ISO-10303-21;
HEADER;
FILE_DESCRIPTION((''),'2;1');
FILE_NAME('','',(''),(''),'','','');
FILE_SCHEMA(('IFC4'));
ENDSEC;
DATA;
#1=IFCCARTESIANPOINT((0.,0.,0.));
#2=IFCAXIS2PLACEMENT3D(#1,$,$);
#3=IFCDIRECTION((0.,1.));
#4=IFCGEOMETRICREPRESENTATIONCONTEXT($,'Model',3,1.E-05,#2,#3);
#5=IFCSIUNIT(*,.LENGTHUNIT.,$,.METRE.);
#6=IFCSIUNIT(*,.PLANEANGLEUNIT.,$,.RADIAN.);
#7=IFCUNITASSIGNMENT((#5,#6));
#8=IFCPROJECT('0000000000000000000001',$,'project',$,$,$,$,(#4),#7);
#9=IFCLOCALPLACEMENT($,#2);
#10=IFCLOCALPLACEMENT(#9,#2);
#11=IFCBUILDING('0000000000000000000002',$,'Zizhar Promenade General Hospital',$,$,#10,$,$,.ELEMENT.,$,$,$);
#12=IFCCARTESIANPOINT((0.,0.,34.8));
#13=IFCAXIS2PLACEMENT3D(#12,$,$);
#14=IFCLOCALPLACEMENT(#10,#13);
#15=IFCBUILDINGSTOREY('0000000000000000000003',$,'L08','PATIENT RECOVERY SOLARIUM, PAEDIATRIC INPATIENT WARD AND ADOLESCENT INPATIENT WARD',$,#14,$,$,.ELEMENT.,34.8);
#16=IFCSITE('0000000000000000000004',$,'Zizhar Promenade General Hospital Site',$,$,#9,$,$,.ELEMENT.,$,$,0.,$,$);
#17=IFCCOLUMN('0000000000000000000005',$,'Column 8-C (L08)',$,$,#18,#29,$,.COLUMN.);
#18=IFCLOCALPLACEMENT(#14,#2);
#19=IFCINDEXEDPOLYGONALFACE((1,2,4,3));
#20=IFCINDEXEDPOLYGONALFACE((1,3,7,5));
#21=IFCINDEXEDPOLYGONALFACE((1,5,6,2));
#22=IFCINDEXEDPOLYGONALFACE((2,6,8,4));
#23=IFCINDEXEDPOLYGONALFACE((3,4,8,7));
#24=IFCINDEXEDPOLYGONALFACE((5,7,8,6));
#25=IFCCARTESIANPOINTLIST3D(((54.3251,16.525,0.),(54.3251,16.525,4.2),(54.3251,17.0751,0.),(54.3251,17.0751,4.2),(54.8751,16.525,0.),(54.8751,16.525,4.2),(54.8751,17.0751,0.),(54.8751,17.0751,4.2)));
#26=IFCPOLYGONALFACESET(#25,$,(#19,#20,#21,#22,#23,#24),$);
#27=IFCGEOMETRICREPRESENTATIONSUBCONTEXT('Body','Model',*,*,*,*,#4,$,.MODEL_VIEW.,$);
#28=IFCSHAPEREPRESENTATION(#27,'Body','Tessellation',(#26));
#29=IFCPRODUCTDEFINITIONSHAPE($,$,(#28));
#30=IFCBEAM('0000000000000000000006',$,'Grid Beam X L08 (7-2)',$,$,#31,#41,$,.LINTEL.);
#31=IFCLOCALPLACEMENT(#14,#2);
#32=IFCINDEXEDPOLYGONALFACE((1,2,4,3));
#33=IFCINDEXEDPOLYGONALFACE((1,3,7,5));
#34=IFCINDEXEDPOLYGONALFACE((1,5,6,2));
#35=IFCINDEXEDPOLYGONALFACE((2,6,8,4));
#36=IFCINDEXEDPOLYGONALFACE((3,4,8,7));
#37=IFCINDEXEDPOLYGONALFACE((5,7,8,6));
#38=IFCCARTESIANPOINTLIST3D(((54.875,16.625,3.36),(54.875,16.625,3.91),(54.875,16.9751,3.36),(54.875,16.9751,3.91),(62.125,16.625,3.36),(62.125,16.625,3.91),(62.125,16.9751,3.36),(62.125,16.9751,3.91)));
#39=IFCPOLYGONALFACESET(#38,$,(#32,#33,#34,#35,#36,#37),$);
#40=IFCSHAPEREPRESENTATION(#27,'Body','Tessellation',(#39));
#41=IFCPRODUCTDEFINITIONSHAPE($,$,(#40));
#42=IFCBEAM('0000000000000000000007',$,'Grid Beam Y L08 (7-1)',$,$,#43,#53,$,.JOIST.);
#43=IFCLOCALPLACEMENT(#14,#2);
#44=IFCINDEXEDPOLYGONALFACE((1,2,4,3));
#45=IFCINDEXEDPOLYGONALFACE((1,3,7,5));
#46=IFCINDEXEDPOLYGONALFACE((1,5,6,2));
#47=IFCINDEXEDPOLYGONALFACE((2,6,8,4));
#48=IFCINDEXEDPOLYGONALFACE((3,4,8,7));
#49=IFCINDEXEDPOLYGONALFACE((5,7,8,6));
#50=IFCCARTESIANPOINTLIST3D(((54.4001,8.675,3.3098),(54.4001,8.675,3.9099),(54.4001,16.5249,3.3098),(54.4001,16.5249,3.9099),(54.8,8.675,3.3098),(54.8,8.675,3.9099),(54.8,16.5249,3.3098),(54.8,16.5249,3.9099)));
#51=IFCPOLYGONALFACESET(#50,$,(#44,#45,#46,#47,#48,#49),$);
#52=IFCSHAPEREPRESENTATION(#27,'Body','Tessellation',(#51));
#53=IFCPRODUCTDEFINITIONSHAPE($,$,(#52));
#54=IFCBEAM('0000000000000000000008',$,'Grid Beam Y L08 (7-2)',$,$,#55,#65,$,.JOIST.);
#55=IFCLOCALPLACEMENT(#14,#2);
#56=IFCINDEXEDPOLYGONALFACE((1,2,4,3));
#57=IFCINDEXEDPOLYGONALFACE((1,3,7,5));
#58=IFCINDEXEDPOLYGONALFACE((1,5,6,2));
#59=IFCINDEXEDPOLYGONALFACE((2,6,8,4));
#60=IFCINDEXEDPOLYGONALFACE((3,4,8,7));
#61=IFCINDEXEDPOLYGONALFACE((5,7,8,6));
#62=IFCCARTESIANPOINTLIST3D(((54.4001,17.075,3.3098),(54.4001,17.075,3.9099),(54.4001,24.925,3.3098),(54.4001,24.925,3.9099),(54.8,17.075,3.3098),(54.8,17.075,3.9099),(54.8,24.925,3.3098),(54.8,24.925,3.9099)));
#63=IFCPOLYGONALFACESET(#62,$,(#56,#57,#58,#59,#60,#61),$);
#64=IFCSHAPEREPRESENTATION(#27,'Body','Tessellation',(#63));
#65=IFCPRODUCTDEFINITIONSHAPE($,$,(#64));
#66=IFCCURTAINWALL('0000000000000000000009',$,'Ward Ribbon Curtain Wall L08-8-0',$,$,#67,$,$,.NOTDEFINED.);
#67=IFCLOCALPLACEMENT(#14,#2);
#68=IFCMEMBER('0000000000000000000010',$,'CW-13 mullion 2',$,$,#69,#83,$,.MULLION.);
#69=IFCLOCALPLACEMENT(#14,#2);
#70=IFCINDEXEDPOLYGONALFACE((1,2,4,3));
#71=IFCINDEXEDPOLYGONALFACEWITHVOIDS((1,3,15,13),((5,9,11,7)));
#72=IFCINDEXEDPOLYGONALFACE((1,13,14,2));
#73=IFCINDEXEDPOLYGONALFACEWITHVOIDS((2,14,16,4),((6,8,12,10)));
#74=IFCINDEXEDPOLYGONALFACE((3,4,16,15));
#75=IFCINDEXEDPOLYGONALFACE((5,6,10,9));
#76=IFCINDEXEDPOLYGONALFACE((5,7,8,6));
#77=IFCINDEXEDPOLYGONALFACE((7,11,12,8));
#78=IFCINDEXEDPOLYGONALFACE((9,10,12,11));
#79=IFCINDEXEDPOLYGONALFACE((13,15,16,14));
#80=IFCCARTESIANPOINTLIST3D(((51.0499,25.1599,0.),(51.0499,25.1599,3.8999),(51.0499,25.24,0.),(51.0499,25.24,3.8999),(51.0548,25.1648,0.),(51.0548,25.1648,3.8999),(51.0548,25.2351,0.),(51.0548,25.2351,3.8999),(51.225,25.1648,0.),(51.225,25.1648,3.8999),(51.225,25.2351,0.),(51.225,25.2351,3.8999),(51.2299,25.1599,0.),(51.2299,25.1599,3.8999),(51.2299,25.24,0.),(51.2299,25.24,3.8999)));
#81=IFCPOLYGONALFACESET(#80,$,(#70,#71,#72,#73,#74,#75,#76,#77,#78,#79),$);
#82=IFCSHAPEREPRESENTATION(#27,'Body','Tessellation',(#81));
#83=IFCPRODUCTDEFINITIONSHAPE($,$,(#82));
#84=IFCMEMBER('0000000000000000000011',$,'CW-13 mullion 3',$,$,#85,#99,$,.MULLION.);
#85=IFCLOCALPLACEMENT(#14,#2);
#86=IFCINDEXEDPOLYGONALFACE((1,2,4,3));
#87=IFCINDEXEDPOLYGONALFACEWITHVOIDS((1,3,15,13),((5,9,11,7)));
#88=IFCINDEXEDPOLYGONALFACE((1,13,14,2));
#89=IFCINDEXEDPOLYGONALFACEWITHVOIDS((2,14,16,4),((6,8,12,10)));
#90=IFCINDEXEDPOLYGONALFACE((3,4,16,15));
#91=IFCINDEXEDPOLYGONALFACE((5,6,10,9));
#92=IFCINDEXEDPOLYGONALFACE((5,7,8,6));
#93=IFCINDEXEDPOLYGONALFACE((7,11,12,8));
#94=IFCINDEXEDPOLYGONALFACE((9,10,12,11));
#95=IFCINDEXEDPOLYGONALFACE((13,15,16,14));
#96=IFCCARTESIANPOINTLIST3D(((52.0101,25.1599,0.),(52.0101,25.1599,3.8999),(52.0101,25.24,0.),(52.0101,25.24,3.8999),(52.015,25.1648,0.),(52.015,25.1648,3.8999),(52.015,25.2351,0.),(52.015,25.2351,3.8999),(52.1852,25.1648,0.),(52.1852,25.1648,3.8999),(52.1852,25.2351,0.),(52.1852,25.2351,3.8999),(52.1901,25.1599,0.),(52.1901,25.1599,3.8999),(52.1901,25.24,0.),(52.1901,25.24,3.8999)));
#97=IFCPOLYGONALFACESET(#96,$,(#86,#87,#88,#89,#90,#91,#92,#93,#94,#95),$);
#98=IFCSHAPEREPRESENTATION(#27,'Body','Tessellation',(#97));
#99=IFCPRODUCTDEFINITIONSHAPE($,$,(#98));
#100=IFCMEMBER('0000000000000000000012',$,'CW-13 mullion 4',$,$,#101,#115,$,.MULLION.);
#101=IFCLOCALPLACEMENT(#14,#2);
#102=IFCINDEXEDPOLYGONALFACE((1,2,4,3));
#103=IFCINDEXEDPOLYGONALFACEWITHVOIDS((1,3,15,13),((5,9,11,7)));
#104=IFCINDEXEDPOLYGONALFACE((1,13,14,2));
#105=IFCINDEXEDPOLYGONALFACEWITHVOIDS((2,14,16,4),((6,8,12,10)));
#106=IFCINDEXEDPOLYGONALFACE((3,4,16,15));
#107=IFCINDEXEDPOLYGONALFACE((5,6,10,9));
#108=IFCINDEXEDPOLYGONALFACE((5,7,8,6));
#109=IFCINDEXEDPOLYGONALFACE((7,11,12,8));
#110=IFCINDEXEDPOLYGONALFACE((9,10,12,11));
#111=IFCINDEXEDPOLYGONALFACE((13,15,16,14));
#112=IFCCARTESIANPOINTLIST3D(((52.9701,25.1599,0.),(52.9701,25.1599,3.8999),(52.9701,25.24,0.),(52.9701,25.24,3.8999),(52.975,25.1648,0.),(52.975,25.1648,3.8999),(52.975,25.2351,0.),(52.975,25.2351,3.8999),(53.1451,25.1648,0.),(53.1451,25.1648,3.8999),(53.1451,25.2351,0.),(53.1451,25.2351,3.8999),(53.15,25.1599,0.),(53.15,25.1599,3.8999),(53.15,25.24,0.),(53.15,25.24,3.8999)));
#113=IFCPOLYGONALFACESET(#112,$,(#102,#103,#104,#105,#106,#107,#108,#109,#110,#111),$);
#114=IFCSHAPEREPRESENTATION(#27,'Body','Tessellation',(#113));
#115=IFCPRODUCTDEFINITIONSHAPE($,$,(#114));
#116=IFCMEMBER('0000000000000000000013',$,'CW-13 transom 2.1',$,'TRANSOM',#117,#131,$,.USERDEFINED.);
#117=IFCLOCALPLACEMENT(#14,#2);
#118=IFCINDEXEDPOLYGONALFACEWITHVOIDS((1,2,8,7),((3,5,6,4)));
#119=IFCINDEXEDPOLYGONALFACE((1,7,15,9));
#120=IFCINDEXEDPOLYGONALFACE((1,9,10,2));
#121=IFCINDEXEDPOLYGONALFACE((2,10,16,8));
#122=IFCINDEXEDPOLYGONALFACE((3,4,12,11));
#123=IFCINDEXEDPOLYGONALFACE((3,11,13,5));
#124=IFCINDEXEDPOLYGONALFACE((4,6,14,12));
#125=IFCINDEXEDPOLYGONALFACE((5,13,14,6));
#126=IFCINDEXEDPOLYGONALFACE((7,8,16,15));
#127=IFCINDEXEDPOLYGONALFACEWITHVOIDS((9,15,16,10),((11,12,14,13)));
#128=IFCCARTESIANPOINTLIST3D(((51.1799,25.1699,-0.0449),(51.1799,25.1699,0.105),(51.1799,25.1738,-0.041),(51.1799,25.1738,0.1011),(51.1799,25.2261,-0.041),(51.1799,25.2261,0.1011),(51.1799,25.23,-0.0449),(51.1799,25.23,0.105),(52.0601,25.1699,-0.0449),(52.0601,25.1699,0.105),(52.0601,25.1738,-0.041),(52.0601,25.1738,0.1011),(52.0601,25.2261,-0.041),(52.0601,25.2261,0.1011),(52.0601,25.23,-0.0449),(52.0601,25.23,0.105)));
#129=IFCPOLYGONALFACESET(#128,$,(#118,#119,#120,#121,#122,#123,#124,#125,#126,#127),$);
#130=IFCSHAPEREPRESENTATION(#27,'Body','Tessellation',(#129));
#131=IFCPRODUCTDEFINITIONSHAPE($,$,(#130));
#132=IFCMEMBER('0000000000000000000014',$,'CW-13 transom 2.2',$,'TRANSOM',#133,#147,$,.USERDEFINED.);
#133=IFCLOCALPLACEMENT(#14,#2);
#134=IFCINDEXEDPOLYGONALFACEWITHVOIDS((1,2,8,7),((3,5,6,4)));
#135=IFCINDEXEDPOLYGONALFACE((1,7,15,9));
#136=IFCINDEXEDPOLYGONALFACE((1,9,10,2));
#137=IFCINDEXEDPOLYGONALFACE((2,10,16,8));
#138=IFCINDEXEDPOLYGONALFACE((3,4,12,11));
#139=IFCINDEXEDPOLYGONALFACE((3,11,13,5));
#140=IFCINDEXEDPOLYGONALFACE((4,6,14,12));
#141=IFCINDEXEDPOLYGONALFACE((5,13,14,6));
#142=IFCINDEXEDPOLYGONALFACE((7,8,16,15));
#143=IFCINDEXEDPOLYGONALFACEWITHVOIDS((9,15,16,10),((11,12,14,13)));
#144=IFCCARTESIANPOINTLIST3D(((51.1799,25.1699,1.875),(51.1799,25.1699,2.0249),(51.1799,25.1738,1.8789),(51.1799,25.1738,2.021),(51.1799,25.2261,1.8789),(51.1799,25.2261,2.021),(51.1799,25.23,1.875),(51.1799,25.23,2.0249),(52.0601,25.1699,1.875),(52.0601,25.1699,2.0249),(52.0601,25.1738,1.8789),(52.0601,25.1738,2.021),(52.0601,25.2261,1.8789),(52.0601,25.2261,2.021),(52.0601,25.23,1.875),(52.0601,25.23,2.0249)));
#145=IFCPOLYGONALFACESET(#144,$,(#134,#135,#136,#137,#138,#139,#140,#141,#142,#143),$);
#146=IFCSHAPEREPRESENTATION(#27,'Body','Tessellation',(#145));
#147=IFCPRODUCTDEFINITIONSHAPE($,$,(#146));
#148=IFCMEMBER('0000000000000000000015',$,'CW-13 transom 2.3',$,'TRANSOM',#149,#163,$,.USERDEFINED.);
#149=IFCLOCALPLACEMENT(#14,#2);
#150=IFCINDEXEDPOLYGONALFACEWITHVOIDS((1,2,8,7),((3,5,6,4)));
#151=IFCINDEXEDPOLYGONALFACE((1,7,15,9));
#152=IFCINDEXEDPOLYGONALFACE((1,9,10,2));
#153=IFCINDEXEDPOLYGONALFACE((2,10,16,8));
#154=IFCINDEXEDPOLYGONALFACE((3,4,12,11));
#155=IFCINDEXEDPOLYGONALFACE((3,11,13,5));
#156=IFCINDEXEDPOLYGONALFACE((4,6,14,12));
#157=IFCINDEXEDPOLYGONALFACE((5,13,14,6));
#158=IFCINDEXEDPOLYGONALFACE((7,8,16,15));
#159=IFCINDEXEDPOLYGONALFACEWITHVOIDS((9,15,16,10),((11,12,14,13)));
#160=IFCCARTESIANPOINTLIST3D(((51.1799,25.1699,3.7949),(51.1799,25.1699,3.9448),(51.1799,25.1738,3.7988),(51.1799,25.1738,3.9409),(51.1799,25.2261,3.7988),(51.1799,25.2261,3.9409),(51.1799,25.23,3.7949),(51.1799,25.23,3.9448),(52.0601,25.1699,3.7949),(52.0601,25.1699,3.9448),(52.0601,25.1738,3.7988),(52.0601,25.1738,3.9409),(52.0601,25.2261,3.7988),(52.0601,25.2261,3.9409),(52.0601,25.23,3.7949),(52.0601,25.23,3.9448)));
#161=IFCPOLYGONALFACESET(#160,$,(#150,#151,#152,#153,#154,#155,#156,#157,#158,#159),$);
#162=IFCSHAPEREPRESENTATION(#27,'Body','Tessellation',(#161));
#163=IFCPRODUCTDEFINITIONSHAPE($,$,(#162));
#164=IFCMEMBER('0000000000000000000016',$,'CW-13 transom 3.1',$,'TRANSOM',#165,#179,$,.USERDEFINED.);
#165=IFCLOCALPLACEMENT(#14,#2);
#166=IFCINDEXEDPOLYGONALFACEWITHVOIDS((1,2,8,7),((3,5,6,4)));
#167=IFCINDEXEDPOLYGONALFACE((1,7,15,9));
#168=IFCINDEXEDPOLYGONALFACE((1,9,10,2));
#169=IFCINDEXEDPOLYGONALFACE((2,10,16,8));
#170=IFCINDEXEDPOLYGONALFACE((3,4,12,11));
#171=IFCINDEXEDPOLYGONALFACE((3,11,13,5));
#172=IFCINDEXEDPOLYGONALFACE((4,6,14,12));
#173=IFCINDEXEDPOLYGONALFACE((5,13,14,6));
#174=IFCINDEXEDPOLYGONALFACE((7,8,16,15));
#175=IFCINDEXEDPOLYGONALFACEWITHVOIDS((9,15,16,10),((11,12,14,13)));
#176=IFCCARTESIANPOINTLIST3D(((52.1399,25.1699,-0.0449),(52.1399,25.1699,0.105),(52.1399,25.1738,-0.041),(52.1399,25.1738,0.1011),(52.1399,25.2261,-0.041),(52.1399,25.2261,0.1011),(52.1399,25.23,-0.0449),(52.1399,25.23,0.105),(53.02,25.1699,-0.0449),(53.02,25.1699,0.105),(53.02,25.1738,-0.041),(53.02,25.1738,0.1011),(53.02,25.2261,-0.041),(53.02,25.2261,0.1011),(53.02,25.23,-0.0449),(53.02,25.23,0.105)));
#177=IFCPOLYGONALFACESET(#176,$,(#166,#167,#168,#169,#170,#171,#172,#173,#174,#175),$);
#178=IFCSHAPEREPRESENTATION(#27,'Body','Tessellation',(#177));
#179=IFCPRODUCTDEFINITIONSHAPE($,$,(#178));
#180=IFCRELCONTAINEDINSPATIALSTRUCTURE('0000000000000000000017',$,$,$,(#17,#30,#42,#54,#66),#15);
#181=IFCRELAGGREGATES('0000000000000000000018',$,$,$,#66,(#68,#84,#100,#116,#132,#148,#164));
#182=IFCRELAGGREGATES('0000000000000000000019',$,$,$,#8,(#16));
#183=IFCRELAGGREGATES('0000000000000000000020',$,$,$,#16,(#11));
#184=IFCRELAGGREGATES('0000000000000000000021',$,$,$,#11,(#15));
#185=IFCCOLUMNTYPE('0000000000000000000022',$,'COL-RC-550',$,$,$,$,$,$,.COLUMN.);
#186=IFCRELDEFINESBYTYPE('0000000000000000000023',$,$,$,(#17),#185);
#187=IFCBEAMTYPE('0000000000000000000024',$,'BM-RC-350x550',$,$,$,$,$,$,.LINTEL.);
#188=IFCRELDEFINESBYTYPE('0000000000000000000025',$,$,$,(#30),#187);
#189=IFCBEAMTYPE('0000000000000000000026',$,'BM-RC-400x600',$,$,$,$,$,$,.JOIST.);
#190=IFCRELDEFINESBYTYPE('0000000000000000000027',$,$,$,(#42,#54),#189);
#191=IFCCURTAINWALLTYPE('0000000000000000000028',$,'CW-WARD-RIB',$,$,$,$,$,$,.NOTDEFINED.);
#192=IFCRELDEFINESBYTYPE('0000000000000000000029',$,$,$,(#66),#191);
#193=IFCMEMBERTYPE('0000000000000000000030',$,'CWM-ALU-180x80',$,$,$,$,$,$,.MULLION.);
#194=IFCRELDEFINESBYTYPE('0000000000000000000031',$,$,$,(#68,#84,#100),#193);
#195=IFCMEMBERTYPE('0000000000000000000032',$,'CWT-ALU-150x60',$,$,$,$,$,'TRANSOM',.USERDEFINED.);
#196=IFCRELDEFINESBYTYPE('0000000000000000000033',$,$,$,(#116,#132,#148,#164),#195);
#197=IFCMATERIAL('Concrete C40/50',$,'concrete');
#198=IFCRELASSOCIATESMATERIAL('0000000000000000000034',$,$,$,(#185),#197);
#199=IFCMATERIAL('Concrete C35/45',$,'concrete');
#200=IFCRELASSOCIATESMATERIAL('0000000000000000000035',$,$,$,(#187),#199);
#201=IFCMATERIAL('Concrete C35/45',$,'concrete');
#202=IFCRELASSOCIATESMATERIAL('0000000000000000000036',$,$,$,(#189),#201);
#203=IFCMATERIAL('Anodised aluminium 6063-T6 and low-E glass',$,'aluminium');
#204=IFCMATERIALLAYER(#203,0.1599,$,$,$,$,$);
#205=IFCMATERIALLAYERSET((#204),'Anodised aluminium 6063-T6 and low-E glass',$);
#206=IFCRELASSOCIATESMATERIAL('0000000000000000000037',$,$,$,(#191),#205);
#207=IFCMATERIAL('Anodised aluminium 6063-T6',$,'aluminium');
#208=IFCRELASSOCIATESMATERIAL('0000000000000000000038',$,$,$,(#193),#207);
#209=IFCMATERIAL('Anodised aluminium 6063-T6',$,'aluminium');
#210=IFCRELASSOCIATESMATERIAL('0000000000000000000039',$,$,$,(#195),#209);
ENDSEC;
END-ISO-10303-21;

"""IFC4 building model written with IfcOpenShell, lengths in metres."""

from ifc_helpers import new_model, si_unit, direction, frame, origin, origin_2d, place, context, subcontext, project, spatial, rectangle, hollow_rectangle, extrude, material, layer, layer_set, material_profile, profile_set, type_object, element, aggregate, save


model = new_model("IFC4")

# Units and contexts
model_context = context("Model", 3, precision=1e-05, world=origin(), true_north=direction((0.0, 1.0)))
body_context = subcontext(model_context, "Body", "Model", "MODEL_VIEW")
ifc_project = project(units=[si_unit("LENGTHUNIT", "METRE"), si_unit("PLANEANGLEUNIT", "RADIAN")], contexts=[model_context])

# Site, building, storey
site_placement = place(None, origin())
site = spatial("IfcSite", under=ifc_project, at=site_placement, Name="Zizhar Promenade General Hospital Site", CompositionType="ELEMENT", RefElevation=0.0)
building_placement = place(site_placement, origin())
building = spatial("IfcBuilding", under=site, at=building_placement, Name="Zizhar Promenade General Hospital", CompositionType="ELEMENT")
storey_placement = place(building_placement, frame((0.0, 0.0, 34.8)))
storey = spatial("IfcBuildingStorey", under=building, at=storey_placement, Name="L08", Description="PATIENT RECOVERY SOLARIUM, PAEDIATRIC INPATIENT WARD AND ADOLESCENT INPATIENT WARD", CompositionType="ELEMENT", Elevation=34.8)

# Column
ifc_material_1 = material(Name="Concrete C40/50", Category="concrete")
ifc_material_profile_1 = material_profile(ifc_material_1, rectangle(XDim=0.55, YDim=0.55, at=origin_2d()))
ifc_profile_set_1 = profile_set([ifc_material_profile_1], Name="Concrete C40/50")
column_type = type_object("IfcColumnType", Name="COL-RC-550", PredefinedType="COLUMN", material=ifc_profile_set_1)
column_placement = place(storey_placement, frame((54.6001, 16.8, 0.0), z_axis=(0.0, 0.0, 1.0), x_axis=(1.0, 0.0, 0.0)))
element("IfcColumn", 1, at=column_placement, inside=storey, type_object=column_type, Name="Column 8-C (L08)", PredefinedType="COLUMN", context=body_context, shape_type="SweptSolid", body=[
    extrude(rectangle(XDim=0.55, YDim=0.55, at=origin_2d()), origin(), (0.0, 0.0, 1.0), 4.2),
])

# Beams
ifc_material_2 = material(Name="Concrete C35/45", Category="concrete")
ifc_material_profile_2 = material_profile(ifc_material_2, rectangle(XDim=0.3501, YDim=0.55, at=origin_2d()))
ifc_profile_set_2 = profile_set([ifc_material_profile_2], Name="Concrete C35/45")
beam_type_1 = type_object("IfcBeamType", Name="BM-RC-350x550", PredefinedType="LINTEL", material=ifc_profile_set_2)
beam_1_placement = place(storey_placement, frame((54.875, 16.8, 3.635), z_axis=(1.0, 0.0, 0.0), x_axis=(0.0, 1.0, 0.0)))
element("IfcBeam", 2, at=beam_1_placement, inside=storey, type_object=beam_type_1, Name="Grid Beam X L08 (7-2)", PredefinedType="LINTEL", context=body_context, shape_type="SweptSolid", body=[
    extrude(rectangle(XDim=0.3501, YDim=0.55, at=origin_2d()), origin(), (0.0, 0.0, 1.0), 7.25),
])
ifc_material_3 = material(Name="Concrete C35/45", Category="concrete")
ifc_material_profile_3 = material_profile(ifc_material_3, rectangle(XDim=0.3999, YDim=0.6001, at=origin_2d()))
ifc_profile_set_3 = profile_set([ifc_material_profile_3], Name="Concrete C35/45")
beam_type_2 = type_object("IfcBeamType", Name="BM-RC-400x600", PredefinedType="JOIST", material=ifc_profile_set_3)
beam_2_placement = place(storey_placement, frame((54.6001, 8.675, 3.6099), z_axis=(0.0, 1.0, 0.0), x_axis=(-1.0, 0.0, 0.0)))
element("IfcBeam", 3, at=beam_2_placement, inside=storey, type_object=beam_type_2, Name="Grid Beam Y L08 (7-1)", PredefinedType="JOIST", context=body_context, shape_type="SweptSolid", body=[
    extrude(rectangle(XDim=0.3999, YDim=0.6001, at=origin_2d()), origin(), (0.0, 0.0, 1.0), 7.8499),
])
beam_3_placement = place(storey_placement, frame((54.6001, 17.075, 3.6099), z_axis=(0.0, 1.0, 0.0), x_axis=(-1.0, 0.0, 0.0)))
element("IfcBeam", 4, at=beam_3_placement, inside=storey, type_object=beam_type_2, Name="Grid Beam Y L08 (7-2)", PredefinedType="JOIST", context=body_context, shape_type="SweptSolid", body=[
    extrude(rectangle(XDim=0.3999, YDim=0.6001, at=origin_2d()), origin(), (0.0, 0.0, 1.0), 7.8501),
])

# Curtain wall, members
ifc_material_4 = material(Name="Anodised aluminium 6063-T6 and low-E glass", Category="aluminium")
ifc_layer_1 = layer(ifc_material_4, 0.1599)
ifc_layer_set_1 = layer_set([ifc_layer_1], Name="Anodised aluminium 6063-T6 and low-E glass")
curtain_wall_type = type_object("IfcCurtainWallType", Name="CW-WARD-RIB", PredefinedType="NOTDEFINED", material=ifc_layer_set_1)
curtain_wall_placement = place(storey_placement, origin())
curtain_wall = element("IfcCurtainWall", 5, at=curtain_wall_placement, inside=storey, type_object=curtain_wall_type, Name="Ward Ribbon Curtain Wall L08-8-0", PredefinedType="NOTDEFINED")
ifc_material_5 = material(Name="Anodised aluminium 6063-T6", Category="aluminium")
ifc_material_profile_4 = material_profile(ifc_material_5, hollow_rectangle(XDim=0.0801, YDim=0.1799, WallThickness=0.0049, at=origin_2d()))
ifc_profile_set_4 = profile_set([ifc_material_profile_4], Name="Anodised aluminium 6063-T6")
member_type_1 = type_object("IfcMemberType", Name="CWM-ALU-180x80", PredefinedType="MULLION", material=ifc_profile_set_4)
member_1_placement = place(storey_placement, frame((51.1399, 25.2, 0.0), z_axis=(0.0, 0.0, 1.0), x_axis=(0.0, 1.0, 0.0)))
member_1 = element("IfcMember", 6, at=member_1_placement, type_object=member_type_1, Name="CW-13 mullion 2", PredefinedType="MULLION", context=body_context, shape_type="SweptSolid", body=[
    extrude(hollow_rectangle(XDim=0.0801, YDim=0.1799, WallThickness=0.0049, at=origin_2d()), origin(), (0.0, 0.0, 1.0), 3.8999),
])
member_2_placement = place(storey_placement, frame((52.1001, 25.2, 0.0), z_axis=(0.0, 0.0, 1.0), x_axis=(0.0, 1.0, 0.0)))
member_2 = element("IfcMember", 7, at=member_2_placement, type_object=member_type_1, Name="CW-13 mullion 3", PredefinedType="MULLION", context=body_context, shape_type="SweptSolid", body=[
    extrude(hollow_rectangle(XDim=0.0801, YDim=0.1799, WallThickness=0.0049, at=origin_2d()), origin(), (0.0, 0.0, 1.0), 3.8999),
])
member_3_placement = place(storey_placement, frame((53.0601, 25.2, 0.0), z_axis=(0.0, 0.0, 1.0), x_axis=(0.0, 1.0, 0.0)))
member_3 = element("IfcMember", 8, at=member_3_placement, type_object=member_type_1, Name="CW-13 mullion 4", PredefinedType="MULLION", context=body_context, shape_type="SweptSolid", body=[
    extrude(hollow_rectangle(XDim=0.0801, YDim=0.1799, WallThickness=0.0049, at=origin_2d()), origin(), (0.0, 0.0, 1.0), 3.8999),
])
ifc_material_6 = material(Name="Anodised aluminium 6063-T6", Category="aluminium")
ifc_material_profile_5 = material_profile(ifc_material_6, hollow_rectangle(XDim=0.0601, YDim=0.1499, WallThickness=0.0039, at=origin_2d()))
ifc_profile_set_5 = profile_set([ifc_material_profile_5], Name="Anodised aluminium 6063-T6")
member_type_2 = type_object("IfcMemberType", Name="CWT-ALU-150x60", ElementType="TRANSOM", PredefinedType="USERDEFINED", material=ifc_profile_set_5)
member_4_placement = place(storey_placement, frame((51.1799, 25.2, 0.03), z_axis=(1.0, 0.0, 0.0), x_axis=(0.0, 1.0, 0.0)))
member_4 = element("IfcMember", 9, at=member_4_placement, type_object=member_type_2, Name="CW-13 transom 2.1", ObjectType="TRANSOM", PredefinedType="USERDEFINED", context=body_context, shape_type="SweptSolid", body=[
    extrude(hollow_rectangle(XDim=0.0601, YDim=0.1499, WallThickness=0.0039, at=origin_2d()), origin(), (0.0, 0.0, 1.0), 0.8801),
])
member_5_placement = place(storey_placement, frame((51.1799, 25.2, 1.95), z_axis=(1.0, 0.0, 0.0), x_axis=(0.0, 1.0, 0.0)))
member_5 = element("IfcMember", 10, at=member_5_placement, type_object=member_type_2, Name="CW-13 transom 2.2", ObjectType="TRANSOM", PredefinedType="USERDEFINED", context=body_context, shape_type="SweptSolid", body=[
    extrude(hollow_rectangle(XDim=0.0601, YDim=0.1499, WallThickness=0.0039, at=origin_2d()), origin(), (0.0, 0.0, 1.0), 0.8801),
])
member_6_placement = place(storey_placement, frame((51.1799, 25.2, 3.8699), z_axis=(1.0, 0.0, 0.0), x_axis=(0.0, 1.0, 0.0)))
member_6 = element("IfcMember", 11, at=member_6_placement, type_object=member_type_2, Name="CW-13 transom 2.3", ObjectType="TRANSOM", PredefinedType="USERDEFINED", context=body_context, shape_type="SweptSolid", body=[
    extrude(hollow_rectangle(XDim=0.0601, YDim=0.1499, WallThickness=0.0039, at=origin_2d()), origin(), (0.0, 0.0, 1.0), 0.8801),
])
member_7_placement = place(storey_placement, frame((52.1399, 25.2, 0.03), z_axis=(1.0, 0.0, 0.0), x_axis=(0.0, 1.0, 0.0)))
member_7 = element("IfcMember", 12, at=member_7_placement, type_object=member_type_2, Name="CW-13 transom 3.1", ObjectType="TRANSOM", PredefinedType="USERDEFINED", context=body_context, shape_type="SweptSolid", body=[
    extrude(hollow_rectangle(XDim=0.0601, YDim=0.1499, WallThickness=0.0039, at=origin_2d()), origin(), (0.0, 0.0, 1.0), 0.8801),
])
aggregate(curtain_wall, [member_1, member_2, member_3, member_4, member_5, member_6, member_7])

save(model, "model.ifc")
